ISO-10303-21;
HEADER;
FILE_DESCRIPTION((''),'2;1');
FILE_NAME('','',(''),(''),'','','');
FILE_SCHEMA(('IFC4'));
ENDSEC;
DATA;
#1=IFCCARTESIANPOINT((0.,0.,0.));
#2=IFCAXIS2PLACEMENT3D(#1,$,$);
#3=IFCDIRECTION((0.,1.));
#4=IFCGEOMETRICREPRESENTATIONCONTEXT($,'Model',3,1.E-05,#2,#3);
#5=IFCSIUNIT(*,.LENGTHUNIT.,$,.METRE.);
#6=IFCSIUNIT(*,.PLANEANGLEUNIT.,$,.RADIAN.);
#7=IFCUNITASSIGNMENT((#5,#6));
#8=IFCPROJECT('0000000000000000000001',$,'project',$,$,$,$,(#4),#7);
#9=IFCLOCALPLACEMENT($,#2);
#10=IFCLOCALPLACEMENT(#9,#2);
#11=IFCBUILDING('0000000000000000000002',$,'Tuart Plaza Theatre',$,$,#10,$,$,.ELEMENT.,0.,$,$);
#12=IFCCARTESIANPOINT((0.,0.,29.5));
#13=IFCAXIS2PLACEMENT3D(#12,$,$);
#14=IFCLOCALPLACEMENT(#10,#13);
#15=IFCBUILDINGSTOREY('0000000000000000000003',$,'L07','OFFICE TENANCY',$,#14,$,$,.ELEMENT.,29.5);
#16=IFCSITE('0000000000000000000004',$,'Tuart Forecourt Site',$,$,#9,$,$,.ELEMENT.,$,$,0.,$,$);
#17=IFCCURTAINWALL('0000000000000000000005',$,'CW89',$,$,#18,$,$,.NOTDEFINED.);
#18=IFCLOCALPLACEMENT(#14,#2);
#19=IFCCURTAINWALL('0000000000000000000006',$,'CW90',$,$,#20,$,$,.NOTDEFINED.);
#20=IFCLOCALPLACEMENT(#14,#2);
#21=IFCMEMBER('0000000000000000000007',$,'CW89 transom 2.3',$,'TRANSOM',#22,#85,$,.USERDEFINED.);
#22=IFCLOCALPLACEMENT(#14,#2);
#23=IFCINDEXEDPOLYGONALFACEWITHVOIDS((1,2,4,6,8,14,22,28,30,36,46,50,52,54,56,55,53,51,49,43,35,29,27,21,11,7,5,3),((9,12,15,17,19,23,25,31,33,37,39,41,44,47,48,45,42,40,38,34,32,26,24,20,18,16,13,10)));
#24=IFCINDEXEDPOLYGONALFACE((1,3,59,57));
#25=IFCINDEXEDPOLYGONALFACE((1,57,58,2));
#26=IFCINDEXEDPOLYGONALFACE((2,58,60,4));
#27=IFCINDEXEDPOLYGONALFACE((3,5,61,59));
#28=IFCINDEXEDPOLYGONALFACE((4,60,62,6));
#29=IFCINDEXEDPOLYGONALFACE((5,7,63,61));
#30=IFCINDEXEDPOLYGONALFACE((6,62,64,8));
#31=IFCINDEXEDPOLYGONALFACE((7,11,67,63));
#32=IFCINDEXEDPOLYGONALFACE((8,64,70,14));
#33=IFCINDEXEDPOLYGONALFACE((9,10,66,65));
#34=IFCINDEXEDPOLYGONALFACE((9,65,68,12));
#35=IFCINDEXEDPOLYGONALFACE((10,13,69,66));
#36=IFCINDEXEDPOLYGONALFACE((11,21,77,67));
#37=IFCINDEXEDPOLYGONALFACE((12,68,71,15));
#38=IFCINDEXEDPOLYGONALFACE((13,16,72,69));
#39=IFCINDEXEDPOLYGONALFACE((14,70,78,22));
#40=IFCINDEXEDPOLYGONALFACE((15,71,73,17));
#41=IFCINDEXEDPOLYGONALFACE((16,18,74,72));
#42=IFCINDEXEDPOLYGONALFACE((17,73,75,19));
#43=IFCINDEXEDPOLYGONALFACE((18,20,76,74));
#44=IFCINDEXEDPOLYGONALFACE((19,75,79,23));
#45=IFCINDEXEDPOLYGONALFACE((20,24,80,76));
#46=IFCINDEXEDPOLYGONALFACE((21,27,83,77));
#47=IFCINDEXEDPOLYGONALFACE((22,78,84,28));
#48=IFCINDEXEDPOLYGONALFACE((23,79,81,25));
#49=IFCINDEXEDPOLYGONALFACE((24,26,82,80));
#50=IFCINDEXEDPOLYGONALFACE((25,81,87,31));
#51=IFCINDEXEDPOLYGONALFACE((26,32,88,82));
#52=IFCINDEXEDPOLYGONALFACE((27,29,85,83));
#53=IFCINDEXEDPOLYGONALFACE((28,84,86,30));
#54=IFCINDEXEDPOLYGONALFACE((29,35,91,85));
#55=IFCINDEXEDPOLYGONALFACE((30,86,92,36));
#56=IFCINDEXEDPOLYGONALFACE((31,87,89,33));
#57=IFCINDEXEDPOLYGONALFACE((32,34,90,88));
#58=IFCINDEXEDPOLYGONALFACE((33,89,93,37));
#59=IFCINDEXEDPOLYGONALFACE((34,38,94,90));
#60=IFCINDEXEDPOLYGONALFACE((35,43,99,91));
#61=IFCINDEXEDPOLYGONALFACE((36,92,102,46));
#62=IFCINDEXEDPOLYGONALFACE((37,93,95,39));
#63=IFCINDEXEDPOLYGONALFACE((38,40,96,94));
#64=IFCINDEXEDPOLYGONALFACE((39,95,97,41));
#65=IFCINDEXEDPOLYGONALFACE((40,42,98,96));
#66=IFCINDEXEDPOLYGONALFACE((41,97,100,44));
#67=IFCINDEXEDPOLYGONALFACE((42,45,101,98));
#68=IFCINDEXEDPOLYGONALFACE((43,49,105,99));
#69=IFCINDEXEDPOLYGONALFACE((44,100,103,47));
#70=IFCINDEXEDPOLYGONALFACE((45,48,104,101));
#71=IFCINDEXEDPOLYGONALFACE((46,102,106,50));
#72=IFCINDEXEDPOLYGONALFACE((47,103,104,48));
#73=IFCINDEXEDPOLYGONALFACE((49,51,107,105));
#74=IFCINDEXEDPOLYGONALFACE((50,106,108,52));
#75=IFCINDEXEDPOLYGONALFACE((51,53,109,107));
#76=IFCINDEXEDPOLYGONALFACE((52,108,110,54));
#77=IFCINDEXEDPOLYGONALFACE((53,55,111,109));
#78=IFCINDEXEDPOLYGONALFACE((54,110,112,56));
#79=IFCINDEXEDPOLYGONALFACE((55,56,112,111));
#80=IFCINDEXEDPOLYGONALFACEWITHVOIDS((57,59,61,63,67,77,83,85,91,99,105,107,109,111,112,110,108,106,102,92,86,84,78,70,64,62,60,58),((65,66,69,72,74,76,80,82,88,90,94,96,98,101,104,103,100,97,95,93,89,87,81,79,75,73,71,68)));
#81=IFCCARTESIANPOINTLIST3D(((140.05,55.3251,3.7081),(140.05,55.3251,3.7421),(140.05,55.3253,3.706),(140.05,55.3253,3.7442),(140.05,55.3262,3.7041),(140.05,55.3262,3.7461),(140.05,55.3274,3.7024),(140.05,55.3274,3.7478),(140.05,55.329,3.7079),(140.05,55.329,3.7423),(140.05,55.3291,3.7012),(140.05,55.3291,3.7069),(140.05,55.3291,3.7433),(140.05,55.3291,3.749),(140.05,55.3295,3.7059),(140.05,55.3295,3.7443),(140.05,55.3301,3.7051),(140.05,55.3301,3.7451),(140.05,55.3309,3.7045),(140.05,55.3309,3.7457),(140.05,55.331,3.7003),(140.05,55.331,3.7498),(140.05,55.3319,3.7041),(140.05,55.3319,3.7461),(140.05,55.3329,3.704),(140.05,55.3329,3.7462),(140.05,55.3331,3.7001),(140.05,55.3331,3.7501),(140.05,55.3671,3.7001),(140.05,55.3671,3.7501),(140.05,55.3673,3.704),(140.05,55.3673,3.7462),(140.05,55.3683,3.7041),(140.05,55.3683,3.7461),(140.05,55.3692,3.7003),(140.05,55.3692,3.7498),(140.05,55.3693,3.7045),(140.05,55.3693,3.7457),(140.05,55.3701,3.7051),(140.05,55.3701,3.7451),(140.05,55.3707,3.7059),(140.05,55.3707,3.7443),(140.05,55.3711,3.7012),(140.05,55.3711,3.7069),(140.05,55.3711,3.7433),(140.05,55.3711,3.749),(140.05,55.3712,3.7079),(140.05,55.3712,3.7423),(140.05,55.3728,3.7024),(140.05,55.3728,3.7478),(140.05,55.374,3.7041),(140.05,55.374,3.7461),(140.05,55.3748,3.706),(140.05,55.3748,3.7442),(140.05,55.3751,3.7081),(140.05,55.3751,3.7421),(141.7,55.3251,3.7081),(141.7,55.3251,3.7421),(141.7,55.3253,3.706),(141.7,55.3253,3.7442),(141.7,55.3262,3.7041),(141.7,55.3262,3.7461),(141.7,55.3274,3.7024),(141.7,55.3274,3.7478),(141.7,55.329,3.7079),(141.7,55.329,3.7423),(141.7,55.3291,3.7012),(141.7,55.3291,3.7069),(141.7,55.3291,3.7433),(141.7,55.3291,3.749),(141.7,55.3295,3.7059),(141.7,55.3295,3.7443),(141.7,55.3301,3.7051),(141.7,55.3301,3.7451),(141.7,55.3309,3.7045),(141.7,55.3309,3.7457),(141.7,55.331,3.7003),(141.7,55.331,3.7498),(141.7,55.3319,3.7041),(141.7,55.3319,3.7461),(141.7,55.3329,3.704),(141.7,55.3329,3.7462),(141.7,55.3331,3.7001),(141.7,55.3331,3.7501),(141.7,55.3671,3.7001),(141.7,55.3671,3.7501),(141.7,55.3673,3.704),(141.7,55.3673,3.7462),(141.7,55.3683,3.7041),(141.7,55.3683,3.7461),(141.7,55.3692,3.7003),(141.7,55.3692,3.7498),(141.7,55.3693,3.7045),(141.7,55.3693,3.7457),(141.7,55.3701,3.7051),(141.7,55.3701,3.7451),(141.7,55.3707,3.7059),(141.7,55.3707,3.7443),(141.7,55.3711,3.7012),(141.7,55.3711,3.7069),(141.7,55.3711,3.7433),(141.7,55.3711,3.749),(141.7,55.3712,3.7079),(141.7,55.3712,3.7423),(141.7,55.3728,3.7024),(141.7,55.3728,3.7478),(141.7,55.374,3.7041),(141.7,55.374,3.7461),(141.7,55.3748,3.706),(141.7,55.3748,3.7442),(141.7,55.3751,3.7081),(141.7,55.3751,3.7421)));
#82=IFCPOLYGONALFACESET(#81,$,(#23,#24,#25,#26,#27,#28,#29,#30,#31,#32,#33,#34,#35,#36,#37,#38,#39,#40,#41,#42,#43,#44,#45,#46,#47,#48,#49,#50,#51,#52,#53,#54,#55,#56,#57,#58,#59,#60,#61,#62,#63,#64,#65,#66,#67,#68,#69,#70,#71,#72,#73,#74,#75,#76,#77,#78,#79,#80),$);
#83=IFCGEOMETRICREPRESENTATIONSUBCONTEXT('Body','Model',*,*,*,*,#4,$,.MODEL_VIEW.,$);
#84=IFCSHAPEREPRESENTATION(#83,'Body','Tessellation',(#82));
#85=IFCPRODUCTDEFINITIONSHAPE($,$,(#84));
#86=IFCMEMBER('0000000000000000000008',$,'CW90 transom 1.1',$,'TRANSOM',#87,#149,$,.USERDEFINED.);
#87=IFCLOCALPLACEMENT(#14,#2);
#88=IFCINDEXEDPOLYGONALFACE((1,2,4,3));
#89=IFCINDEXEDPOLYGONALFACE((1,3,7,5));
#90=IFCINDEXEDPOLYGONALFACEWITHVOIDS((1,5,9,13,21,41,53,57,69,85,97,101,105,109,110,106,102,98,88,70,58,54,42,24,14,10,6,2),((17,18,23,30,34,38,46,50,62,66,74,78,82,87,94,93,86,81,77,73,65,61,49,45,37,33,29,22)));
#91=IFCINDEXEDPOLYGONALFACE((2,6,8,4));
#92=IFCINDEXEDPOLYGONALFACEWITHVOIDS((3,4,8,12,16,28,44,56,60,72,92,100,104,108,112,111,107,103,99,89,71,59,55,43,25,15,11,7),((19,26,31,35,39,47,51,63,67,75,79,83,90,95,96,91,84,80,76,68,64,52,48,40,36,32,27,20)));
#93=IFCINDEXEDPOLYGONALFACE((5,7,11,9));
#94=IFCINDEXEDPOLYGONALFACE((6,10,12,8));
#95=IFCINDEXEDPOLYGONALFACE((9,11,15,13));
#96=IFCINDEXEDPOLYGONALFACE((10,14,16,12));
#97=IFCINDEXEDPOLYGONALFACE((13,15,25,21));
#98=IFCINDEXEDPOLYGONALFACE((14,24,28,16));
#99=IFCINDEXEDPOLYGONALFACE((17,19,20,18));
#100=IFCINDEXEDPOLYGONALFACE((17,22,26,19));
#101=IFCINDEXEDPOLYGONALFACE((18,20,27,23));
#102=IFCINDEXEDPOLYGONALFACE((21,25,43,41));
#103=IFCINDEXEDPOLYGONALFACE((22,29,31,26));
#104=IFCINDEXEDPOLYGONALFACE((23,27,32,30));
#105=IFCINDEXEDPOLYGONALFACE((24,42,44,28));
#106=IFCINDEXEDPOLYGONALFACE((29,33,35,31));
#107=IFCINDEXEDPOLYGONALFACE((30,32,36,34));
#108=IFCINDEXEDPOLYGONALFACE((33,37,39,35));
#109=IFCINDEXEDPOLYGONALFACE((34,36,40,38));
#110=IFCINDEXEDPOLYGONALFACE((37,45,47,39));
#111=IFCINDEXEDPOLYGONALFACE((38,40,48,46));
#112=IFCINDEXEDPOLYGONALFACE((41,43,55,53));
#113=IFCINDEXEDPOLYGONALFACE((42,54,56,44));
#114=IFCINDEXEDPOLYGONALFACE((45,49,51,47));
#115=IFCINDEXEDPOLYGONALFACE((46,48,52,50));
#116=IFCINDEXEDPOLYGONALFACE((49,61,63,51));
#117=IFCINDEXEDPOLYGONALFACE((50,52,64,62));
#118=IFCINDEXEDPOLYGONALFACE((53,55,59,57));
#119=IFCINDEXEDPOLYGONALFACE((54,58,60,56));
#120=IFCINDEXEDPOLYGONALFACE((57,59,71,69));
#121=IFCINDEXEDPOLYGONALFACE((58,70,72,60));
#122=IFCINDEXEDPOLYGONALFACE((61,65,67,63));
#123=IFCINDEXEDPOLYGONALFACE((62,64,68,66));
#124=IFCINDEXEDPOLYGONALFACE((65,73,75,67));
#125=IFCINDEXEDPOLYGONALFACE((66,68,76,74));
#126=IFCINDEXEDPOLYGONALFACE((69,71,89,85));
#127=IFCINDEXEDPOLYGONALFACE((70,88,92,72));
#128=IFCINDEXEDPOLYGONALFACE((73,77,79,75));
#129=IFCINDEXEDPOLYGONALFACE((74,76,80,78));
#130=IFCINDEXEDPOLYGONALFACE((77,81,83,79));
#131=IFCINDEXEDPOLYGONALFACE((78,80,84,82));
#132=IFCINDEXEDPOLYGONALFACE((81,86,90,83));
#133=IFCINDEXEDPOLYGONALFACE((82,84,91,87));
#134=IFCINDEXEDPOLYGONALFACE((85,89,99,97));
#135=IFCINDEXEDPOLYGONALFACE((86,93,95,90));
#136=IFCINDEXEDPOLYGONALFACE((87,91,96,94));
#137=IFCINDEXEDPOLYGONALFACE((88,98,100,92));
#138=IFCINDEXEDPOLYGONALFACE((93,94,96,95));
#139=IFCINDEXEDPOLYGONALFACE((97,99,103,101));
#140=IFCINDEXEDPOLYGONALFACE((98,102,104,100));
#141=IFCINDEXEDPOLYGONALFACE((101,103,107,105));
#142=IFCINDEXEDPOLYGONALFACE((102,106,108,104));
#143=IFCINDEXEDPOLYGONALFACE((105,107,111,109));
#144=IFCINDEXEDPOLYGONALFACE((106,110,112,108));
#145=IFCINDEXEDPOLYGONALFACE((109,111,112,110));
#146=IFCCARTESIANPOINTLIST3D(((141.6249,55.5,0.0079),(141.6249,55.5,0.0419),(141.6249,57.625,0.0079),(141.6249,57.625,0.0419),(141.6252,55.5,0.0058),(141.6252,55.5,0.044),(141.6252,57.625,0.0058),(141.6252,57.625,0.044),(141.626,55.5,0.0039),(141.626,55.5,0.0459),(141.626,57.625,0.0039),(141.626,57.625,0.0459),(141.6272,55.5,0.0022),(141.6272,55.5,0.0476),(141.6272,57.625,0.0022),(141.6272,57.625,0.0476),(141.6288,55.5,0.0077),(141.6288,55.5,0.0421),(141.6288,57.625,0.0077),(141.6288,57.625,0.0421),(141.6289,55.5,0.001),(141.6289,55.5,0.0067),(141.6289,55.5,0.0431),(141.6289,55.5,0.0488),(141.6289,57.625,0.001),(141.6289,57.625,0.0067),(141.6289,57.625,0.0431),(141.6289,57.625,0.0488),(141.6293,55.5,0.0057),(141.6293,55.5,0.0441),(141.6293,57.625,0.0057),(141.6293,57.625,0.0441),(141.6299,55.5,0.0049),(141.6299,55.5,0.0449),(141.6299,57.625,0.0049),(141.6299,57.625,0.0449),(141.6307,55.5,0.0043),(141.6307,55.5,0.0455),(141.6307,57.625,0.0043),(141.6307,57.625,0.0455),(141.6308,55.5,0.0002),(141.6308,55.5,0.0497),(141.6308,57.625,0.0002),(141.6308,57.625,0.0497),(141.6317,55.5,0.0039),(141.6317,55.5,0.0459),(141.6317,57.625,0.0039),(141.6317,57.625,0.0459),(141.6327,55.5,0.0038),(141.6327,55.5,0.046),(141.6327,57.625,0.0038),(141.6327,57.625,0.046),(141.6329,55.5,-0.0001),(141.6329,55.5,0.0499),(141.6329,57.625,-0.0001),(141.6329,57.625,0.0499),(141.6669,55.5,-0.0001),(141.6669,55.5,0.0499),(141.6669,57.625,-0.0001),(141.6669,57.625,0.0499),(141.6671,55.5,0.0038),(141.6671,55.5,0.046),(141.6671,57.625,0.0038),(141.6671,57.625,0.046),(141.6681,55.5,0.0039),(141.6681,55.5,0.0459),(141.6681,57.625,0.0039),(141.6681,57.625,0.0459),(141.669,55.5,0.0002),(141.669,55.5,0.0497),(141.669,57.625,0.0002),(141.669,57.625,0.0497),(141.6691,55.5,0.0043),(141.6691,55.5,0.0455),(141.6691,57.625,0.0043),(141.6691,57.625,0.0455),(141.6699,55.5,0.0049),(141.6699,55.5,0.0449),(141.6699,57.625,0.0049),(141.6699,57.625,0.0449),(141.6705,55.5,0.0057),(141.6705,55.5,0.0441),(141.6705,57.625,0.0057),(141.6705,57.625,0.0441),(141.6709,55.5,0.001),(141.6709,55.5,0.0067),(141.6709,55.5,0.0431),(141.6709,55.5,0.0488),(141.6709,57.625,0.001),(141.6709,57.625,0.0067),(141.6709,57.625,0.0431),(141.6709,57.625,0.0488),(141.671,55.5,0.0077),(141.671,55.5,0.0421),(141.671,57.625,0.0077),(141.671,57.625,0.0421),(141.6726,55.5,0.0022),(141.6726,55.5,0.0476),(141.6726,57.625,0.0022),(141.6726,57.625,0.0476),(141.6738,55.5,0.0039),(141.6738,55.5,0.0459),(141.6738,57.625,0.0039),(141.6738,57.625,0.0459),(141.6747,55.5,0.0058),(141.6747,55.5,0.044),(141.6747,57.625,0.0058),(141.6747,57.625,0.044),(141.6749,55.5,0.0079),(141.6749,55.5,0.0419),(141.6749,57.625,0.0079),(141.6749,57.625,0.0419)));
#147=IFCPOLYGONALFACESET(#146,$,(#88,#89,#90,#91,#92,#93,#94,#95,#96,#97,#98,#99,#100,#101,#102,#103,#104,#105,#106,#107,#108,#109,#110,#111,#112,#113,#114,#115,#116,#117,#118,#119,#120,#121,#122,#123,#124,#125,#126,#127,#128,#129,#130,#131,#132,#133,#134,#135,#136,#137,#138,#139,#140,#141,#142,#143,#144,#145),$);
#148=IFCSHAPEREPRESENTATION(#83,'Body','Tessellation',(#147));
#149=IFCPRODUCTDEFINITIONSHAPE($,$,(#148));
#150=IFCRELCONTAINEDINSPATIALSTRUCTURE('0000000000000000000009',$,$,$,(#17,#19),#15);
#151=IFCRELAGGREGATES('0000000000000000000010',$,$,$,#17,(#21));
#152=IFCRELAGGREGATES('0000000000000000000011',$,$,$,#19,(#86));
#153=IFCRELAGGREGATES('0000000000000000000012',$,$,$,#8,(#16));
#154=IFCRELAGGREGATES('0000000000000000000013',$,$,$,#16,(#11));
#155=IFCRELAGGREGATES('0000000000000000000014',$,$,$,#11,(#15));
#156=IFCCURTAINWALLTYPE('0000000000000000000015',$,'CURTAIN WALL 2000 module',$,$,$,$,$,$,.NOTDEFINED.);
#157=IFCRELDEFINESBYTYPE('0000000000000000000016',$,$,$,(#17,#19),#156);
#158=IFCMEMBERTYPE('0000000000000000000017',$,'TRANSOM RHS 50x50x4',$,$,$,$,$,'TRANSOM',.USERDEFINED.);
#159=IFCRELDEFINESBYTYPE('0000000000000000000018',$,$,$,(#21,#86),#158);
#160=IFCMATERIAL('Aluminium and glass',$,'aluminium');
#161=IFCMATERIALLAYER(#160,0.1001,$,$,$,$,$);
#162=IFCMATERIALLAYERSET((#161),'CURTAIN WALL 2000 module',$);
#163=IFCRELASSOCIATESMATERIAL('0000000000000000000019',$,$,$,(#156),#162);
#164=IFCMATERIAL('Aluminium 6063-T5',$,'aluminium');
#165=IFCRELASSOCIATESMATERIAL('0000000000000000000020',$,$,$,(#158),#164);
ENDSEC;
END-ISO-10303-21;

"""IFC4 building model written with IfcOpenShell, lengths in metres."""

from ifc_helpers import new_model, si_unit, direction, frame, origin, origin_2d, place, context, subcontext, project, spatial, hollow_rectangle, extrude, material, layer, layer_set, material_profile, profile_set, type_object, element, aggregate, save


model = new_model("IFC4")

# Units and contexts
model_context = context("Model", 3, precision=1e-05, world=origin(), true_north=direction((0.0, 1.0)))
body_context = subcontext(model_context, "Body", "Model", "MODEL_VIEW")
ifc_project = project(units=[si_unit("LENGTHUNIT", "METRE"), si_unit("PLANEANGLEUNIT", "RADIAN")], contexts=[model_context])

# Site, building, storey
site_placement = place(None, origin())
site = spatial("IfcSite", under=ifc_project, at=site_placement, Name="Tuart Forecourt Site", CompositionType="ELEMENT", RefElevation=0.0)
building_placement = place(site_placement, origin())
building = spatial("IfcBuilding", under=site, at=building_placement, Name="Tuart Plaza Theatre", CompositionType="ELEMENT", ElevationOfRefHeight=0.0)
storey_placement = place(building_placement, frame((0.0, 0.0, 29.5)))
storey = spatial("IfcBuildingStorey", under=building, at=storey_placement, Name="L07", Description="OFFICE TENANCY", CompositionType="ELEMENT", Elevation=29.5)

# Curtain wall
ifc_material_1 = material(Name="Aluminium and glass", Category="aluminium")
ifc_layer_1 = layer(ifc_material_1, 0.1001)
ifc_layer_set_1 = layer_set([ifc_layer_1], Name="CURTAIN WALL 2000 module")
curtain_wall_type = type_object("IfcCurtainWallType", Name="CURTAIN WALL 2000 module", PredefinedType="NOTDEFINED", material=ifc_layer_set_1)
curtain_wall_1_placement = place(storey_placement, origin())
curtain_wall_1 = element("IfcCurtainWall", 1, at=curtain_wall_1_placement, inside=storey, type_object=curtain_wall_type, Name="CW89", PredefinedType="NOTDEFINED")

# Curtain wall
curtain_wall_2_placement = place(storey_placement, origin())
curtain_wall_2 = element("IfcCurtainWall", 2, at=curtain_wall_2_placement, inside=storey, type_object=curtain_wall_type, Name="CW90", PredefinedType="NOTDEFINED")

# Members
ifc_material_2 = material(Name="Aluminium 6063-T5", Category="aluminium")
ifc_material_profile_1 = material_profile(ifc_material_2, hollow_rectangle(XDim=0.05, YDim=0.05, WallThickness=0.0039, InnerFilletRadius=0.0039, OuterFilletRadius=0.0081, at=origin_2d()), Name="RHS 50x50x4")
ifc_profile_set_1 = profile_set([ifc_material_profile_1], Name="Aluminium 6063-T5")
member_type_1 = type_object("IfcMemberType", Name="TRANSOM RHS 50x50x4", ElementType="TRANSOM", PredefinedType="USERDEFINED", material=ifc_profile_set_1)
member_1_placement = place(storey_placement, frame((140.05, 55.3501, 3.7251), z_axis=(1.0, 0.0, 0.0), x_axis=(0.0, 1.0, 0.0)))
member_1 = element("IfcMember", 3, at=member_1_placement, type_object=member_type_1, Name="CW89 transom 2.3", ObjectType="TRANSOM", PredefinedType="USERDEFINED", context=body_context, shape_type="SweptSolid", body=[
    extrude(hollow_rectangle(XDim=0.05, YDim=0.05, WallThickness=0.0039, InnerFilletRadius=0.0039, OuterFilletRadius=0.0081, at=origin_2d()), origin(), (0.0, 0.0, 1.0), 1.6499),
])
member_2_placement = place(storey_placement, frame((141.6499, 55.5, 0.0249), z_axis=(0.0, 1.0, 0.0), x_axis=(-1.0, 0.0, 0.0)))
member_2 = element("IfcMember", 4, at=member_2_placement, type_object=member_type_1, Name="CW90 transom 1.1", ObjectType="TRANSOM", PredefinedType="USERDEFINED", context=body_context, shape_type="SweptSolid", body=[
    extrude(hollow_rectangle(XDim=0.05, YDim=0.05, WallThickness=0.0039, InnerFilletRadius=0.0039, OuterFilletRadius=0.0081, at=origin_2d()), origin(), (0.0, 0.0, 1.0), 2.125),
])

aggregate(curtain_wall_1, [member_1])
aggregate(curtain_wall_2, [member_2])

save(model, "model.ifc")
